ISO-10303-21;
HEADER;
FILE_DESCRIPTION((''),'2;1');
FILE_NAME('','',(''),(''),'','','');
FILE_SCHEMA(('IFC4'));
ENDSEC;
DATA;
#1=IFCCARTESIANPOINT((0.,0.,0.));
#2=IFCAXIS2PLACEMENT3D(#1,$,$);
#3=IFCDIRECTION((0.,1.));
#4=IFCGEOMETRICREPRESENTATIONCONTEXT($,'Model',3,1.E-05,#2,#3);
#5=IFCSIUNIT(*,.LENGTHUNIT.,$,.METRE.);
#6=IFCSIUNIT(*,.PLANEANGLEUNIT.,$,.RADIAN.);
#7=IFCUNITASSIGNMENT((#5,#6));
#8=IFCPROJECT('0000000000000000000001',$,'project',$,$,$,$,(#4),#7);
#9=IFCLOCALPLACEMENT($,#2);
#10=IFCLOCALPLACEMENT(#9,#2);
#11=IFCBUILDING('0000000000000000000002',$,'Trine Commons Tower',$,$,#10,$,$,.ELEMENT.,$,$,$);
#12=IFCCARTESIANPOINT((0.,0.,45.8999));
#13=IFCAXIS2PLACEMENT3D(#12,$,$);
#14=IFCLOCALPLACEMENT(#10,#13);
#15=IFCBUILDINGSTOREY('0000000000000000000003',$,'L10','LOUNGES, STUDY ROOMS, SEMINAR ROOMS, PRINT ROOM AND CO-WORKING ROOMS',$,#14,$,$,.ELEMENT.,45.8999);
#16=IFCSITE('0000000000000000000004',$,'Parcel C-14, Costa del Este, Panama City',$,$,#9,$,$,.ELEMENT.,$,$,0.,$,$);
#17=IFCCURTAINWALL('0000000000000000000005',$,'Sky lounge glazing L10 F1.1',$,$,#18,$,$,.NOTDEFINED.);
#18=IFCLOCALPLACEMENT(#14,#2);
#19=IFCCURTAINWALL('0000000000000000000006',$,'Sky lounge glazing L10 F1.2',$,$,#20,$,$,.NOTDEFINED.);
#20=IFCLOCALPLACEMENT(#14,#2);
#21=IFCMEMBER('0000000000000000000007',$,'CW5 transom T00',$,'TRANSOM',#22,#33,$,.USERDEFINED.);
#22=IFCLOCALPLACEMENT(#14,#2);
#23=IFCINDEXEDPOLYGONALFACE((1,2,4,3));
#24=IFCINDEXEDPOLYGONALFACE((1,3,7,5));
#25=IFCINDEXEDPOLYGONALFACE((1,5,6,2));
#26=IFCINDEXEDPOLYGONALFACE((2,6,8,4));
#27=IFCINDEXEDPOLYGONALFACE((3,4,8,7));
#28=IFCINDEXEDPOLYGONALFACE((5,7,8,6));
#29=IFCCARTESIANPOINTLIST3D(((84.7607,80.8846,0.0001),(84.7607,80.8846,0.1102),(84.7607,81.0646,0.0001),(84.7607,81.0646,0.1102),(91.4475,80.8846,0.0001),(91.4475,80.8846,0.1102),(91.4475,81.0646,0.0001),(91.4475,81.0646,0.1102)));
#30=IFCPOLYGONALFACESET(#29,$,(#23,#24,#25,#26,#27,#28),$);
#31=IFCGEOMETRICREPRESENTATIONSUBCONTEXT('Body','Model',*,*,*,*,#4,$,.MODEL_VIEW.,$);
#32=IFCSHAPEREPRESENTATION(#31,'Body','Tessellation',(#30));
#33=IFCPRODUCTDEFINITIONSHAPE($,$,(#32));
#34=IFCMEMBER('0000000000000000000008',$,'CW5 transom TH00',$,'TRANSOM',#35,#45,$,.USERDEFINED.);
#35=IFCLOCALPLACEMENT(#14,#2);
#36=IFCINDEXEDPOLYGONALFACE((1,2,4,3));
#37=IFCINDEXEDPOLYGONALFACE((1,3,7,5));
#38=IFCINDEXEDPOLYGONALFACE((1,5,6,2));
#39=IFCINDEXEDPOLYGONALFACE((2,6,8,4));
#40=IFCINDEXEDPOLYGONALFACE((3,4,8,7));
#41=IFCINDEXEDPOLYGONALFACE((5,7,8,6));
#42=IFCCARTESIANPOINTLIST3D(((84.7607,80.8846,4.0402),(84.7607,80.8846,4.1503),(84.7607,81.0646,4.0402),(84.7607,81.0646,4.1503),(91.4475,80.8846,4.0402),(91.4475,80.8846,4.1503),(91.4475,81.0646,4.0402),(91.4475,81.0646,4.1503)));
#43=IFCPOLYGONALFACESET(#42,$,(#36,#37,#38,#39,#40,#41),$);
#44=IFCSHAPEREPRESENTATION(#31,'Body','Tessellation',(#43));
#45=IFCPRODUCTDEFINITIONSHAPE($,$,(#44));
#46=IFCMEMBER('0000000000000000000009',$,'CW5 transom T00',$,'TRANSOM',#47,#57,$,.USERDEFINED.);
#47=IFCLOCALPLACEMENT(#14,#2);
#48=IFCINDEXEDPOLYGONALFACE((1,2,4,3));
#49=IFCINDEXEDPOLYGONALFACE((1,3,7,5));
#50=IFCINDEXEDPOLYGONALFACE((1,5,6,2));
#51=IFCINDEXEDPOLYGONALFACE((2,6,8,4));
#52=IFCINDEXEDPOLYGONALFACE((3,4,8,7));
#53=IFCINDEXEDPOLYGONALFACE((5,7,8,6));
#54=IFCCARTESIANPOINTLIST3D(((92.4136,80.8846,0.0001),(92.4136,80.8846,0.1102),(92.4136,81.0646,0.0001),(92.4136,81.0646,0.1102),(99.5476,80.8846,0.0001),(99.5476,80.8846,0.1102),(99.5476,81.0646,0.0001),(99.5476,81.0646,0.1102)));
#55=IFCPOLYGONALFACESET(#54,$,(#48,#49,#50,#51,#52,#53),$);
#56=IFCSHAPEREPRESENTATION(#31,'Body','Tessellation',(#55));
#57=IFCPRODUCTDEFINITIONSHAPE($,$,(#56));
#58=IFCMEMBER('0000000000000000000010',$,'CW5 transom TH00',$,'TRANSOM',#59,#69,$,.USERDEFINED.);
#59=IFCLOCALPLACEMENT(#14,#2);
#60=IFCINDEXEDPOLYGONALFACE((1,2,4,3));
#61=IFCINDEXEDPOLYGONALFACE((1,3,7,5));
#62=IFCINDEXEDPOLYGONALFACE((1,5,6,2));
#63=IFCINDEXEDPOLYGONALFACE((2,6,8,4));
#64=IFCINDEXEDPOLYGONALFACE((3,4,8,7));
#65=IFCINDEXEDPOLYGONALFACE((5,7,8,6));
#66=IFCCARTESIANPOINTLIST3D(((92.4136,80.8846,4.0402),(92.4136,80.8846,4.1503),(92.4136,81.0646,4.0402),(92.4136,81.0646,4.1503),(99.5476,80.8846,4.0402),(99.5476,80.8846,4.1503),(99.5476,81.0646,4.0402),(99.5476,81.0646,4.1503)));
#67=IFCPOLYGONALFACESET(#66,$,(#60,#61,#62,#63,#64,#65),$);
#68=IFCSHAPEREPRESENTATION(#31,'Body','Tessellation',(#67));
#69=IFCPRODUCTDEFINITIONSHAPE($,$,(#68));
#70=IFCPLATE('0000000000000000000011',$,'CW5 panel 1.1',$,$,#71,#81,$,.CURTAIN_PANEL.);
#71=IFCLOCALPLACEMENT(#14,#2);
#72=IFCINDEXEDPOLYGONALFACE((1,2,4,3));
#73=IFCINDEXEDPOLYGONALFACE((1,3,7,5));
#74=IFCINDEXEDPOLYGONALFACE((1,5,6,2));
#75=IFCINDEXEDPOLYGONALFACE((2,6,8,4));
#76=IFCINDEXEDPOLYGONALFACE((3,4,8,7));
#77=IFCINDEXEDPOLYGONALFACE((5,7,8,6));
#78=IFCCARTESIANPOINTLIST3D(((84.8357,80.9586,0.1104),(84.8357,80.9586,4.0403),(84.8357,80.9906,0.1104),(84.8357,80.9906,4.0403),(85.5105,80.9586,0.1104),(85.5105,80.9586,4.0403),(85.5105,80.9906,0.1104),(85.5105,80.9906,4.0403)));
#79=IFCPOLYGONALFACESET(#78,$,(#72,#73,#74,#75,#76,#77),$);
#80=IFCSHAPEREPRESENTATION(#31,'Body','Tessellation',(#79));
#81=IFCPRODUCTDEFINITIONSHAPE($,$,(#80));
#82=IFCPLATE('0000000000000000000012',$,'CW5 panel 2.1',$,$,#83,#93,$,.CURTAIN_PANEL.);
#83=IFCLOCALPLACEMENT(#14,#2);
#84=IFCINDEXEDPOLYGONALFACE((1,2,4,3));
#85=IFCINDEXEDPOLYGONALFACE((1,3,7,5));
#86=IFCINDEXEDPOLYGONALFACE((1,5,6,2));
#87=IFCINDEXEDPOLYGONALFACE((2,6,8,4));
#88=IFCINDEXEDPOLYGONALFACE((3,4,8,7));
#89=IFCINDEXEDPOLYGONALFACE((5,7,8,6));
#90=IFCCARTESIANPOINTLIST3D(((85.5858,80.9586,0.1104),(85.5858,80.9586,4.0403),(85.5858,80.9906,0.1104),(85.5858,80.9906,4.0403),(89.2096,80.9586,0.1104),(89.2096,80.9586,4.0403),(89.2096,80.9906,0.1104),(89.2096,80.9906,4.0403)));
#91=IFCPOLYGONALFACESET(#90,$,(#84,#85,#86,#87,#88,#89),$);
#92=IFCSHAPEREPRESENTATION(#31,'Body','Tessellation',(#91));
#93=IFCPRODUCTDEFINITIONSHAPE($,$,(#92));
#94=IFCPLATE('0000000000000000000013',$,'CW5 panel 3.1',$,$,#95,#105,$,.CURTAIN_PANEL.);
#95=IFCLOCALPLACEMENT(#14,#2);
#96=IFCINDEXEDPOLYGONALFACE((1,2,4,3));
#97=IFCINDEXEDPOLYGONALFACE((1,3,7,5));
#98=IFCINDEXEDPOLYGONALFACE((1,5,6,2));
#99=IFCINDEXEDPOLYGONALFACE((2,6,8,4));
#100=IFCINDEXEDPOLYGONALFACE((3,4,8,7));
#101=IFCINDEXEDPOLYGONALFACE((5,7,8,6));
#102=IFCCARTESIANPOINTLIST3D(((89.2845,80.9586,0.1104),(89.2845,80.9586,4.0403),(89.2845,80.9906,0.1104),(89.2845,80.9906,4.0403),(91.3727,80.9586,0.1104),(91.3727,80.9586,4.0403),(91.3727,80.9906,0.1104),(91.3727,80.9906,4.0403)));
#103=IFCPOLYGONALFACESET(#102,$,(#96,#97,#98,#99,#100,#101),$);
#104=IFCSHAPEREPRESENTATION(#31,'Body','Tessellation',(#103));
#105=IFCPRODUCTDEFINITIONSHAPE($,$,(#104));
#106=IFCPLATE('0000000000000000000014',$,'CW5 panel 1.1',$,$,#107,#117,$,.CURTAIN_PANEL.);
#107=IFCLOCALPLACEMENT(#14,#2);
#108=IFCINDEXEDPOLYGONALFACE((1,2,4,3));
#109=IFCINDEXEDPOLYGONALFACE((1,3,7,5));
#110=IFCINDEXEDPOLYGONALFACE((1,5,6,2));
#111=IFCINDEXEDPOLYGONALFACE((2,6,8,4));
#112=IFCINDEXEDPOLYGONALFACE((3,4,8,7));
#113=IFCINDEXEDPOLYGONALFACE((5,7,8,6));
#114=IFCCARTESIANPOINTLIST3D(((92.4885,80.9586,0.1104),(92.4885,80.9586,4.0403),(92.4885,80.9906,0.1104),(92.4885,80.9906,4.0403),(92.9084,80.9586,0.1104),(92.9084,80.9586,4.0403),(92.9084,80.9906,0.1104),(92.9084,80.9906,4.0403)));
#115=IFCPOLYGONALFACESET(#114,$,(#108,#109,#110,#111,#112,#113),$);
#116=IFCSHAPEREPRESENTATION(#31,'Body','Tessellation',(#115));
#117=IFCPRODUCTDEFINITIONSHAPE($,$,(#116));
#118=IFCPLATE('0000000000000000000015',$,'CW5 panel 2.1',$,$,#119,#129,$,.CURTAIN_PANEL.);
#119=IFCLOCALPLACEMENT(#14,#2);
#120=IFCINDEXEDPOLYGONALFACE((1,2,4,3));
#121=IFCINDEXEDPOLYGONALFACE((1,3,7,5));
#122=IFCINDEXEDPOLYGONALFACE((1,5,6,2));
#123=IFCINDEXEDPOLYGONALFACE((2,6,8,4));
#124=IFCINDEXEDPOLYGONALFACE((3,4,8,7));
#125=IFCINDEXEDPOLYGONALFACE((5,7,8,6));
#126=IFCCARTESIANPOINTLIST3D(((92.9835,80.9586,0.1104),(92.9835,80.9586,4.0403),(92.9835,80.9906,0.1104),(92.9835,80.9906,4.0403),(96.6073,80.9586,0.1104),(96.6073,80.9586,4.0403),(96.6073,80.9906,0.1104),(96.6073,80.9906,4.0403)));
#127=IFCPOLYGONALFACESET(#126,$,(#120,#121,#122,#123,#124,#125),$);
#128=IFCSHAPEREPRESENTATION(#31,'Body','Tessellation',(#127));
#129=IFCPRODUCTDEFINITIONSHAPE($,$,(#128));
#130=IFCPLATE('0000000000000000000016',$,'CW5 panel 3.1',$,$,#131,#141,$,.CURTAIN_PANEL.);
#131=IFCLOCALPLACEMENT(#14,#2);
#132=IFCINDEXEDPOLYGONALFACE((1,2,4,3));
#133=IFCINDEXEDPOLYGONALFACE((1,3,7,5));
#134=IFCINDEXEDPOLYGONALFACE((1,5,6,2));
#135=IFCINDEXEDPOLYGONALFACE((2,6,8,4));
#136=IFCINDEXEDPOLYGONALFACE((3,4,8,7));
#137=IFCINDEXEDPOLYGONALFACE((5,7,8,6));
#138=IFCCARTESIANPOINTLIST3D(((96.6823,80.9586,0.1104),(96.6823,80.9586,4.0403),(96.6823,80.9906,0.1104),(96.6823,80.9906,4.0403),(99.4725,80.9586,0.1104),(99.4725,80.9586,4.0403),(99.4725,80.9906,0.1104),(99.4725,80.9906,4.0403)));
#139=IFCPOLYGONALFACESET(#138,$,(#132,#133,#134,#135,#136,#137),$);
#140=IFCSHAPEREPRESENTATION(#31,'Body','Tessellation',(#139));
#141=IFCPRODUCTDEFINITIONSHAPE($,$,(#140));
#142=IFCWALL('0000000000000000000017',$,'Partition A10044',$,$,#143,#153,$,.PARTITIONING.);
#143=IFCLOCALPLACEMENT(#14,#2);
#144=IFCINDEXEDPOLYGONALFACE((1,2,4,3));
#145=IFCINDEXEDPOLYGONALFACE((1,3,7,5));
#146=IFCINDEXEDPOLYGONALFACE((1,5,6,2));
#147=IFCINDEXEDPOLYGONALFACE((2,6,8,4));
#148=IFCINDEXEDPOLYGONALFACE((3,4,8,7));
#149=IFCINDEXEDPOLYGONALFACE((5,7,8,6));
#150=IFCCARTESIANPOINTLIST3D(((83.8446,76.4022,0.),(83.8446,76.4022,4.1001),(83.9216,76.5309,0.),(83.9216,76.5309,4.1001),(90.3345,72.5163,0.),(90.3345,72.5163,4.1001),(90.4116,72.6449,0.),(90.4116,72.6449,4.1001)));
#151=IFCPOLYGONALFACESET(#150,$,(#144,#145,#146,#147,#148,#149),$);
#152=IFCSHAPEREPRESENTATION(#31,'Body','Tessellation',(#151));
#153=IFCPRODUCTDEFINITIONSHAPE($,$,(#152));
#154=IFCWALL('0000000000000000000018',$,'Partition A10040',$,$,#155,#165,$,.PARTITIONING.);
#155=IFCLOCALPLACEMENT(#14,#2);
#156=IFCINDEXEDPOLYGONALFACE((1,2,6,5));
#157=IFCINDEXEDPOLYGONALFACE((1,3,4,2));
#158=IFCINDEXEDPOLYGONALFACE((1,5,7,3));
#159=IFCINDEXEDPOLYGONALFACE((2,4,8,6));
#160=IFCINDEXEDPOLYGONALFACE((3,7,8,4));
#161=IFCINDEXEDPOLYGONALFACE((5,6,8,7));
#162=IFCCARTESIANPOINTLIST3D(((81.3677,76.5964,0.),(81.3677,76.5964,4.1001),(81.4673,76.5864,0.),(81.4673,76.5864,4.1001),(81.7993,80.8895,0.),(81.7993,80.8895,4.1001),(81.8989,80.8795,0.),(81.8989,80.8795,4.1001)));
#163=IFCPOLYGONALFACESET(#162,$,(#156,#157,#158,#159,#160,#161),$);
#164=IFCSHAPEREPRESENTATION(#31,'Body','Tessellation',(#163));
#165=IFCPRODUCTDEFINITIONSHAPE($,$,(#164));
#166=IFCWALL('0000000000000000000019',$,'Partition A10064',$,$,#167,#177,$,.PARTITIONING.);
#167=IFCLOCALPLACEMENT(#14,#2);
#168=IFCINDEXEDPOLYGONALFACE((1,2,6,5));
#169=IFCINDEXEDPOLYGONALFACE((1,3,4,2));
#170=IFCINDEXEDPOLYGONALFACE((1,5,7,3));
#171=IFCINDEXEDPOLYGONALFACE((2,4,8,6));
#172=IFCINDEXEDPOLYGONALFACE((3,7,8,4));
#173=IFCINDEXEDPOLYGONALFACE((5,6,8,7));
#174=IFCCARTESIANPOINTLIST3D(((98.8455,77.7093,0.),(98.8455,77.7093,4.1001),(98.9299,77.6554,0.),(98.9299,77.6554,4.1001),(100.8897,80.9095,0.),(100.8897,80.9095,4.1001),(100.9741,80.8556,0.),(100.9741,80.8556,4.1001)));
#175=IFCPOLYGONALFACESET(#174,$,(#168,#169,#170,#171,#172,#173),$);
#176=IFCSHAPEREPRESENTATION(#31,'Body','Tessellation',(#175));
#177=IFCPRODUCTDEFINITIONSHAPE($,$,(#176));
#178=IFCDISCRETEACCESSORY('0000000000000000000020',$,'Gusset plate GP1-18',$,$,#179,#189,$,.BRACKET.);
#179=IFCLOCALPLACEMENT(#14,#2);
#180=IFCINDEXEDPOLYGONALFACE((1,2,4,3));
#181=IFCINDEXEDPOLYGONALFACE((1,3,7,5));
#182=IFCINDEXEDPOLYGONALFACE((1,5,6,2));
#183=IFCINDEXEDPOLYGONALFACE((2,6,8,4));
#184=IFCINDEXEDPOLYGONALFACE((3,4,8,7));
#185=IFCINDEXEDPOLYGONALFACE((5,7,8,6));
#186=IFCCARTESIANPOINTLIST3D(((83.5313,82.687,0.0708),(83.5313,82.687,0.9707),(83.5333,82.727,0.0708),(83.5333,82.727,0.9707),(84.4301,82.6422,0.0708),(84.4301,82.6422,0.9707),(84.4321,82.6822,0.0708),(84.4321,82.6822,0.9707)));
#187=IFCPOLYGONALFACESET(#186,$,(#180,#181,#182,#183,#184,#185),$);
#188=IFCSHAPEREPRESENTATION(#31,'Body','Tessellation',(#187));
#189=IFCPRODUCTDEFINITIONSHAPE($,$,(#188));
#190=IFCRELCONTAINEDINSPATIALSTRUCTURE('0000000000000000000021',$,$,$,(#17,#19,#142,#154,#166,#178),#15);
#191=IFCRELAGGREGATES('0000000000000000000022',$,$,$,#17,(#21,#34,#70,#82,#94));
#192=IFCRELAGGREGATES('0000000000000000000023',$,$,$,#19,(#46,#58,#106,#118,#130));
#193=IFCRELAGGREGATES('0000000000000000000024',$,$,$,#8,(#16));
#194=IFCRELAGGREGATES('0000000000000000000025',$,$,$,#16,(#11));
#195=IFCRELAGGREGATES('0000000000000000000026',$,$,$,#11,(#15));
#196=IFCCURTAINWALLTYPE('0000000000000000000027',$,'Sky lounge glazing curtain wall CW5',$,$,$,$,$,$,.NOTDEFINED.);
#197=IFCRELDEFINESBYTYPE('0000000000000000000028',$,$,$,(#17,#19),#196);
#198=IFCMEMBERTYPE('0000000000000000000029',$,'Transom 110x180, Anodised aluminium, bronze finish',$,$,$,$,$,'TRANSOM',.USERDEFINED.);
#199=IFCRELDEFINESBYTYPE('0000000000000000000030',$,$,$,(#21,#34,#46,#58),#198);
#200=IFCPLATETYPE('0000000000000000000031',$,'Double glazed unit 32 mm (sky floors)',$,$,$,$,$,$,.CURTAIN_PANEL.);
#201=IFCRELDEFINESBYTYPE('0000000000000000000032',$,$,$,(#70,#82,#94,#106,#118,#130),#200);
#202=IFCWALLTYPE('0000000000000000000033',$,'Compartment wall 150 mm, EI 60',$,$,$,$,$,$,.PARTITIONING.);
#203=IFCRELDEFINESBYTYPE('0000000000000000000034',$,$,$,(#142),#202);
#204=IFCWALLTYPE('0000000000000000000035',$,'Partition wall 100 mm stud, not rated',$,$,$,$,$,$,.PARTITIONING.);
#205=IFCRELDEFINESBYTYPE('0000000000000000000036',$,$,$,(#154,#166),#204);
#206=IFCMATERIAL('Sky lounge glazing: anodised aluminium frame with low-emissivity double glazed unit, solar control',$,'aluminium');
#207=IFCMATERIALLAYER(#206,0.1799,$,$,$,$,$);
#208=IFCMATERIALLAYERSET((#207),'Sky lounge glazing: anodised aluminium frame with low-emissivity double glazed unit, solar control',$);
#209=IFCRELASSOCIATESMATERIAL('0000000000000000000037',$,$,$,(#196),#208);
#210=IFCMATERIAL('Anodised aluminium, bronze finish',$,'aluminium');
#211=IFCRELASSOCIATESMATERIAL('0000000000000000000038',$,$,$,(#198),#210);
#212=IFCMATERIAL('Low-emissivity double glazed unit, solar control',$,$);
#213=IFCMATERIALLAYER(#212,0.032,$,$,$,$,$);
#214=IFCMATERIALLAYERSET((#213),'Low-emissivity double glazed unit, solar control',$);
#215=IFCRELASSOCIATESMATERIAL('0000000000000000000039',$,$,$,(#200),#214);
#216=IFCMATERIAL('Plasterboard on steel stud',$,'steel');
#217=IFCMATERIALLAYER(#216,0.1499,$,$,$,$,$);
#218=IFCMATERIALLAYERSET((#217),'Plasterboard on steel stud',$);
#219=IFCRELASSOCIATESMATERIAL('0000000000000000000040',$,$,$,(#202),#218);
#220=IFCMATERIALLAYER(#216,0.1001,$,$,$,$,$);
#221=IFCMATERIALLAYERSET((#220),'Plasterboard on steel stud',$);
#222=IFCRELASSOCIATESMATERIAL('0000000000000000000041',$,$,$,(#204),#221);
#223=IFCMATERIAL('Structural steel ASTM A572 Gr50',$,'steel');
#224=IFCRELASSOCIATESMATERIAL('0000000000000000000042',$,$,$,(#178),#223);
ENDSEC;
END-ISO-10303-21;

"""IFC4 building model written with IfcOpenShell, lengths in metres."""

from ifc_helpers import new_model, si_unit, direction, frame, frame_2d, origin, origin_2d, place, context, subcontext, project, spatial, rectangle, extrude, material, layer, layer_set, material_profile, profile_set, type_object, element, aggregate, save


model = new_model("IFC4")

# Units and contexts
model_context = context("Model", 3, precision=1e-05, world=origin(), true_north=direction((0.0, 1.0)))
body_context = subcontext(model_context, "Body", "Model", "MODEL_VIEW")
ifc_project = project(units=[si_unit("LENGTHUNIT", "METRE"), si_unit("PLANEANGLEUNIT", "RADIAN")], contexts=[model_context])

# Site, building, storey
site_placement = place(None, origin())
site = spatial("IfcSite", under=ifc_project, at=site_placement, Name="Parcel C-14, Costa del Este, Panama City", CompositionType="ELEMENT", RefElevation=0.0)
building_placement = place(site_placement, origin())
building = spatial("IfcBuilding", under=site, at=building_placement, Name="Trine Commons Tower", CompositionType="ELEMENT")
storey_placement = place(building_placement, frame((0.0, 0.0, 45.8999)))
storey = spatial("IfcBuildingStorey", under=building, at=storey_placement, Name="L10", Description="LOUNGES, STUDY ROOMS, SEMINAR ROOMS, PRINT ROOM AND CO-WORKING ROOMS", CompositionType="ELEMENT", Elevation=45.8999)

# Curtain walls
ifc_material_1 = material(Name="Sky lounge glazing: anodised aluminium frame with low-emissivity double glazed unit, solar control", Category="aluminium")
ifc_layer_1 = layer(ifc_material_1, 0.1799)
ifc_layer_set_1 = layer_set([ifc_layer_1], Name="Sky lounge glazing: anodised aluminium frame with low-emissivity double glazed unit, solar control")
curtain_wall_type = type_object("IfcCurtainWallType", Name="Sky lounge glazing curtain wall CW5", PredefinedType="NOTDEFINED", material=ifc_layer_set_1)
curtain_wall_1_placement = place(storey_placement, origin())
curtain_wall_1 = element("IfcCurtainWall", 1, at=curtain_wall_1_placement, inside=storey, type_object=curtain_wall_type, Name="Sky lounge glazing L10 F1.1", PredefinedType="NOTDEFINED")
ifc_material_2 = material(Name="Anodised aluminium, bronze finish", Category="aluminium")
curtain_wall_2_placement = place(storey_placement, origin())
curtain_wall_2 = element("IfcCurtainWall", 2, at=curtain_wall_2_placement, inside=storey, type_object=curtain_wall_type, Name="Sky lounge glazing L10 F1.2", PredefinedType="NOTDEFINED")

# Members
ifc_material_profile_1 = material_profile(ifc_material_2, rectangle(XDim=0.1799, YDim=0.1101, at=origin_2d()), Name="Transom 110x180")
ifc_profile_set_1 = profile_set([ifc_material_profile_1], Name="Anodised aluminium, bronze finish")
member_type_1 = type_object("IfcMemberType", Name="Transom 110x180, Anodised aluminium, bronze finish", ElementType="TRANSOM", PredefinedType="USERDEFINED", material=ifc_profile_set_1)
member_1_placement = place(storey_placement, frame((84.7607, 80.9746, 0.0552), z_axis=(1.0, 0.0, 0.0), x_axis=(0.0, 1.0, 0.0)))
member_1 = element("IfcMember", 3, at=member_1_placement, type_object=member_type_1, Name="CW5 transom T00", ObjectType="TRANSOM", PredefinedType="USERDEFINED", context=body_context, shape_type="SweptSolid", body=[
    extrude(rectangle(XDim=0.1799, YDim=0.1101, at=origin_2d()), origin(), (0.0, 0.0, 1.0), 6.6868),
])
member_2_placement = place(storey_placement, frame((84.7607, 80.9746, 4.0952), z_axis=(1.0, 0.0, 0.0), x_axis=(0.0, 1.0, 0.0)))
member_2 = element("IfcMember", 4, at=member_2_placement, type_object=member_type_1, Name="CW5 transom TH00", ObjectType="TRANSOM", PredefinedType="USERDEFINED", context=body_context, shape_type="SweptSolid", body=[
    extrude(rectangle(XDim=0.1799, YDim=0.1101, at=origin_2d()), origin(), (0.0, 0.0, 1.0), 6.6868),
])
member_3_placement = place(storey_placement, frame((92.4136, 80.9746, 0.0552), z_axis=(1.0, 0.0, 0.0), x_axis=(0.0, 1.0, 0.0)))
member_3 = element("IfcMember", 5, at=member_3_placement, type_object=member_type_1, Name="CW5 transom T00", ObjectType="TRANSOM", PredefinedType="USERDEFINED", context=body_context, shape_type="SweptSolid", body=[
    extrude(rectangle(XDim=0.1799, YDim=0.1101, at=origin_2d()), origin(), (0.0, 0.0, 1.0), 7.134),
])
member_4_placement = place(storey_placement, frame((92.4136, 80.9746, 4.0952), z_axis=(1.0, 0.0, 0.0), x_axis=(0.0, 1.0, 0.0)))
member_4 = element("IfcMember", 6, at=member_4_placement, type_object=member_type_1, Name="CW5 transom TH00", ObjectType="TRANSOM", PredefinedType="USERDEFINED", context=body_context, shape_type="SweptSolid", body=[
    extrude(rectangle(XDim=0.1799, YDim=0.1101, at=origin_2d()), origin(), (0.0, 0.0, 1.0), 7.134),
])

# Plates
ifc_material_3 = material(Name="Low-emissivity double glazed unit, solar control")
ifc_layer_2 = layer(ifc_material_3, 0.032)
ifc_layer_set_2 = layer_set([ifc_layer_2], Name="Low-emissivity double glazed unit, solar control")
plate_type = type_object("IfcPlateType", Name="Double glazed unit 32 mm (sky floors)", PredefinedType="CURTAIN_PANEL", material=ifc_layer_set_2)
plate_1_placement = place(storey_placement, frame((85.1731, 80.9746, 0.1104), z_axis=(0.0, 0.0, 1.0), x_axis=(1.0, 0.0, 0.0)))
plate_1 = element("IfcPlate", 7, at=plate_1_placement, type_object=plate_type, Name="CW5 panel 1.1", PredefinedType="CURTAIN_PANEL", context=body_context, shape_type="SweptSolid", body=[
    extrude(rectangle(XDim=0.6748, YDim=0.032, at=origin_2d()), origin(), (0.0, 0.0, 1.0), 3.9299),
])
plate_2_placement = place(storey_placement, frame((87.3977, 80.9746, 0.1104), z_axis=(0.0, 0.0, 1.0), x_axis=(1.0, 0.0, 0.0)))
plate_2 = element("IfcPlate", 8, at=plate_2_placement, type_object=plate_type, Name="CW5 panel 2.1", PredefinedType="CURTAIN_PANEL", context=body_context, shape_type="SweptSolid", body=[
    extrude(rectangle(XDim=3.6238, YDim=0.032, at=origin_2d()), origin(), (0.0, 0.0, 1.0), 3.9299),
])
plate_3_placement = place(storey_placement, frame((90.3286, 80.9746, 0.1104), z_axis=(0.0, 0.0, 1.0), x_axis=(1.0, 0.0, 0.0)))
plate_3 = element("IfcPlate", 9, at=plate_3_placement, type_object=plate_type, Name="CW5 panel 3.1", PredefinedType="CURTAIN_PANEL", context=body_context, shape_type="SweptSolid", body=[
    extrude(rectangle(XDim=2.0881, YDim=0.032, at=origin_2d()), origin(), (0.0, 0.0, 1.0), 3.9299),
])
aggregate(curtain_wall_1, [member_1, member_2, plate_1, plate_2, plate_3])
plate_4_placement = place(storey_placement, frame((92.6985, 80.9746, 0.1104), z_axis=(0.0, 0.0, 1.0), x_axis=(1.0, 0.0, 0.0)))
plate_4 = element("IfcPlate", 10, at=plate_4_placement, type_object=plate_type, Name="CW5 panel 1.1", PredefinedType="CURTAIN_PANEL", context=body_context, shape_type="SweptSolid", body=[
    extrude(rectangle(XDim=0.4199, YDim=0.032, at=origin_2d()), origin(), (0.0, 0.0, 1.0), 3.9299),
])
plate_5_placement = place(storey_placement, frame((94.7954, 80.9746, 0.1104), z_axis=(0.0, 0.0, 1.0), x_axis=(1.0, 0.0, 0.0)))
plate_5 = element("IfcPlate", 11, at=plate_5_placement, type_object=plate_type, Name="CW5 panel 2.1", PredefinedType="CURTAIN_PANEL", context=body_context, shape_type="SweptSolid", body=[
    extrude(rectangle(XDim=3.6238, YDim=0.032, at=origin_2d()), origin(), (0.0, 0.0, 1.0), 3.9299),
])
plate_6_placement = place(storey_placement, frame((98.0774, 80.9746, 0.1104), z_axis=(0.0, 0.0, 1.0), x_axis=(1.0, 0.0, 0.0)))
plate_6 = element("IfcPlate", 12, at=plate_6_placement, type_object=plate_type, Name="CW5 panel 3.1", PredefinedType="CURTAIN_PANEL", context=body_context, shape_type="SweptSolid", body=[
    extrude(rectangle(XDim=2.7903, YDim=0.032, at=origin_2d()), origin(), (0.0, 0.0, 1.0), 3.9299),
])
aggregate(curtain_wall_2, [member_3, member_4, plate_4, plate_5, plate_6])

# Walls
ifc_material_4 = material(Name="Plasterboard on steel stud", Category="steel")
ifc_layer_3 = layer(ifc_material_4, 0.1499)
ifc_layer_set_3 = layer_set([ifc_layer_3], Name="Plasterboard on steel stud")
wall_type_1 = type_object("IfcWallType", Name="Compartment wall 150 mm, EI 60", PredefinedType="PARTITIONING", material=ifc_layer_set_3)
wall_1_placement = place(storey_placement, frame((83.8831, 76.4666, 0.0), z_axis=(0.0, 0.0, 1.0), x_axis=(0.85796, -0.513717, 0.0)))
element("IfcWall", 13, at=wall_1_placement, inside=storey, type_object=wall_type_1, Name="Partition A10044", PredefinedType="PARTITIONING", context=body_context, shape_type="SweptSolid", body=[
    extrude(rectangle(XDim=7.5645, YDim=0.1499, at=frame_2d((3.7822, 0.0))), origin(), (0.0, 0.0, 1.0), 4.1001),
])
ifc_layer_4 = layer(ifc_material_4, 0.1001)
ifc_layer_set_4 = layer_set([ifc_layer_4], Name="Plasterboard on steel stud")
wall_type_2 = type_object("IfcWallType", Name="Partition wall 100 mm stud, not rated", PredefinedType="PARTITIONING", material=ifc_layer_set_4)
wall_2_placement = place(storey_placement, frame((81.4175, 76.5916, 0.0), z_axis=(0.0, 0.0, 1.0), x_axis=(0.100042, 0.994983, 0.0)))
element("IfcWall", 14, at=wall_2_placement, inside=storey, type_object=wall_type_2, Name="Partition A10040", PredefinedType="PARTITIONING", context=body_context, shape_type="SweptSolid", body=[
    extrude(rectangle(XDim=4.3147, YDim=0.1001, at=frame_2d((2.1572, 0.0))), origin(), (0.0, 0.0, 1.0), 4.1001),
])
wall_3_placement = place(storey_placement, frame((98.8877, 77.6824, 0.0), z_axis=(0.0, 0.0, 1.0), x_axis=(0.538318, 0.842742, 0.0)))
element("IfcWall", 15, at=wall_3_placement, inside=storey, type_object=wall_type_2, Name="Partition A10064", PredefinedType="PARTITIONING", context=body_context, shape_type="SweptSolid", body=[
    extrude(rectangle(XDim=3.7974, YDim=0.1001, at=frame_2d((1.8987, 0.0))), origin(), (0.0, 0.0, 1.0), 4.1001),
])

# Discrete accessory
ifc_material_5 = material(Name="Structural steel ASTM A572 Gr50", Category="steel")
for number, where, z_axis, x_axis, name in (
    (16, (83.9817, 82.6846, 0.0708), (0.0, 0.0, 1.0), (-0.998759, 0.049809, 0.0), "Gusset plate GP1-18"),
):
    element("IfcDiscreteAccessory", number, at=place(storey_placement, frame(where, z_axis=z_axis, x_axis=x_axis)), inside=storey, material=ifc_material_5, Name=name, PredefinedType="BRACKET", context=body_context, shape_type="SweptSolid", body=[
        extrude(rectangle(XDim=0.8999, YDim=0.04, at=origin_2d()), origin(), (0.0, 0.0, 1.0), 0.8999),
    ])

save(model, "model.ifc")
